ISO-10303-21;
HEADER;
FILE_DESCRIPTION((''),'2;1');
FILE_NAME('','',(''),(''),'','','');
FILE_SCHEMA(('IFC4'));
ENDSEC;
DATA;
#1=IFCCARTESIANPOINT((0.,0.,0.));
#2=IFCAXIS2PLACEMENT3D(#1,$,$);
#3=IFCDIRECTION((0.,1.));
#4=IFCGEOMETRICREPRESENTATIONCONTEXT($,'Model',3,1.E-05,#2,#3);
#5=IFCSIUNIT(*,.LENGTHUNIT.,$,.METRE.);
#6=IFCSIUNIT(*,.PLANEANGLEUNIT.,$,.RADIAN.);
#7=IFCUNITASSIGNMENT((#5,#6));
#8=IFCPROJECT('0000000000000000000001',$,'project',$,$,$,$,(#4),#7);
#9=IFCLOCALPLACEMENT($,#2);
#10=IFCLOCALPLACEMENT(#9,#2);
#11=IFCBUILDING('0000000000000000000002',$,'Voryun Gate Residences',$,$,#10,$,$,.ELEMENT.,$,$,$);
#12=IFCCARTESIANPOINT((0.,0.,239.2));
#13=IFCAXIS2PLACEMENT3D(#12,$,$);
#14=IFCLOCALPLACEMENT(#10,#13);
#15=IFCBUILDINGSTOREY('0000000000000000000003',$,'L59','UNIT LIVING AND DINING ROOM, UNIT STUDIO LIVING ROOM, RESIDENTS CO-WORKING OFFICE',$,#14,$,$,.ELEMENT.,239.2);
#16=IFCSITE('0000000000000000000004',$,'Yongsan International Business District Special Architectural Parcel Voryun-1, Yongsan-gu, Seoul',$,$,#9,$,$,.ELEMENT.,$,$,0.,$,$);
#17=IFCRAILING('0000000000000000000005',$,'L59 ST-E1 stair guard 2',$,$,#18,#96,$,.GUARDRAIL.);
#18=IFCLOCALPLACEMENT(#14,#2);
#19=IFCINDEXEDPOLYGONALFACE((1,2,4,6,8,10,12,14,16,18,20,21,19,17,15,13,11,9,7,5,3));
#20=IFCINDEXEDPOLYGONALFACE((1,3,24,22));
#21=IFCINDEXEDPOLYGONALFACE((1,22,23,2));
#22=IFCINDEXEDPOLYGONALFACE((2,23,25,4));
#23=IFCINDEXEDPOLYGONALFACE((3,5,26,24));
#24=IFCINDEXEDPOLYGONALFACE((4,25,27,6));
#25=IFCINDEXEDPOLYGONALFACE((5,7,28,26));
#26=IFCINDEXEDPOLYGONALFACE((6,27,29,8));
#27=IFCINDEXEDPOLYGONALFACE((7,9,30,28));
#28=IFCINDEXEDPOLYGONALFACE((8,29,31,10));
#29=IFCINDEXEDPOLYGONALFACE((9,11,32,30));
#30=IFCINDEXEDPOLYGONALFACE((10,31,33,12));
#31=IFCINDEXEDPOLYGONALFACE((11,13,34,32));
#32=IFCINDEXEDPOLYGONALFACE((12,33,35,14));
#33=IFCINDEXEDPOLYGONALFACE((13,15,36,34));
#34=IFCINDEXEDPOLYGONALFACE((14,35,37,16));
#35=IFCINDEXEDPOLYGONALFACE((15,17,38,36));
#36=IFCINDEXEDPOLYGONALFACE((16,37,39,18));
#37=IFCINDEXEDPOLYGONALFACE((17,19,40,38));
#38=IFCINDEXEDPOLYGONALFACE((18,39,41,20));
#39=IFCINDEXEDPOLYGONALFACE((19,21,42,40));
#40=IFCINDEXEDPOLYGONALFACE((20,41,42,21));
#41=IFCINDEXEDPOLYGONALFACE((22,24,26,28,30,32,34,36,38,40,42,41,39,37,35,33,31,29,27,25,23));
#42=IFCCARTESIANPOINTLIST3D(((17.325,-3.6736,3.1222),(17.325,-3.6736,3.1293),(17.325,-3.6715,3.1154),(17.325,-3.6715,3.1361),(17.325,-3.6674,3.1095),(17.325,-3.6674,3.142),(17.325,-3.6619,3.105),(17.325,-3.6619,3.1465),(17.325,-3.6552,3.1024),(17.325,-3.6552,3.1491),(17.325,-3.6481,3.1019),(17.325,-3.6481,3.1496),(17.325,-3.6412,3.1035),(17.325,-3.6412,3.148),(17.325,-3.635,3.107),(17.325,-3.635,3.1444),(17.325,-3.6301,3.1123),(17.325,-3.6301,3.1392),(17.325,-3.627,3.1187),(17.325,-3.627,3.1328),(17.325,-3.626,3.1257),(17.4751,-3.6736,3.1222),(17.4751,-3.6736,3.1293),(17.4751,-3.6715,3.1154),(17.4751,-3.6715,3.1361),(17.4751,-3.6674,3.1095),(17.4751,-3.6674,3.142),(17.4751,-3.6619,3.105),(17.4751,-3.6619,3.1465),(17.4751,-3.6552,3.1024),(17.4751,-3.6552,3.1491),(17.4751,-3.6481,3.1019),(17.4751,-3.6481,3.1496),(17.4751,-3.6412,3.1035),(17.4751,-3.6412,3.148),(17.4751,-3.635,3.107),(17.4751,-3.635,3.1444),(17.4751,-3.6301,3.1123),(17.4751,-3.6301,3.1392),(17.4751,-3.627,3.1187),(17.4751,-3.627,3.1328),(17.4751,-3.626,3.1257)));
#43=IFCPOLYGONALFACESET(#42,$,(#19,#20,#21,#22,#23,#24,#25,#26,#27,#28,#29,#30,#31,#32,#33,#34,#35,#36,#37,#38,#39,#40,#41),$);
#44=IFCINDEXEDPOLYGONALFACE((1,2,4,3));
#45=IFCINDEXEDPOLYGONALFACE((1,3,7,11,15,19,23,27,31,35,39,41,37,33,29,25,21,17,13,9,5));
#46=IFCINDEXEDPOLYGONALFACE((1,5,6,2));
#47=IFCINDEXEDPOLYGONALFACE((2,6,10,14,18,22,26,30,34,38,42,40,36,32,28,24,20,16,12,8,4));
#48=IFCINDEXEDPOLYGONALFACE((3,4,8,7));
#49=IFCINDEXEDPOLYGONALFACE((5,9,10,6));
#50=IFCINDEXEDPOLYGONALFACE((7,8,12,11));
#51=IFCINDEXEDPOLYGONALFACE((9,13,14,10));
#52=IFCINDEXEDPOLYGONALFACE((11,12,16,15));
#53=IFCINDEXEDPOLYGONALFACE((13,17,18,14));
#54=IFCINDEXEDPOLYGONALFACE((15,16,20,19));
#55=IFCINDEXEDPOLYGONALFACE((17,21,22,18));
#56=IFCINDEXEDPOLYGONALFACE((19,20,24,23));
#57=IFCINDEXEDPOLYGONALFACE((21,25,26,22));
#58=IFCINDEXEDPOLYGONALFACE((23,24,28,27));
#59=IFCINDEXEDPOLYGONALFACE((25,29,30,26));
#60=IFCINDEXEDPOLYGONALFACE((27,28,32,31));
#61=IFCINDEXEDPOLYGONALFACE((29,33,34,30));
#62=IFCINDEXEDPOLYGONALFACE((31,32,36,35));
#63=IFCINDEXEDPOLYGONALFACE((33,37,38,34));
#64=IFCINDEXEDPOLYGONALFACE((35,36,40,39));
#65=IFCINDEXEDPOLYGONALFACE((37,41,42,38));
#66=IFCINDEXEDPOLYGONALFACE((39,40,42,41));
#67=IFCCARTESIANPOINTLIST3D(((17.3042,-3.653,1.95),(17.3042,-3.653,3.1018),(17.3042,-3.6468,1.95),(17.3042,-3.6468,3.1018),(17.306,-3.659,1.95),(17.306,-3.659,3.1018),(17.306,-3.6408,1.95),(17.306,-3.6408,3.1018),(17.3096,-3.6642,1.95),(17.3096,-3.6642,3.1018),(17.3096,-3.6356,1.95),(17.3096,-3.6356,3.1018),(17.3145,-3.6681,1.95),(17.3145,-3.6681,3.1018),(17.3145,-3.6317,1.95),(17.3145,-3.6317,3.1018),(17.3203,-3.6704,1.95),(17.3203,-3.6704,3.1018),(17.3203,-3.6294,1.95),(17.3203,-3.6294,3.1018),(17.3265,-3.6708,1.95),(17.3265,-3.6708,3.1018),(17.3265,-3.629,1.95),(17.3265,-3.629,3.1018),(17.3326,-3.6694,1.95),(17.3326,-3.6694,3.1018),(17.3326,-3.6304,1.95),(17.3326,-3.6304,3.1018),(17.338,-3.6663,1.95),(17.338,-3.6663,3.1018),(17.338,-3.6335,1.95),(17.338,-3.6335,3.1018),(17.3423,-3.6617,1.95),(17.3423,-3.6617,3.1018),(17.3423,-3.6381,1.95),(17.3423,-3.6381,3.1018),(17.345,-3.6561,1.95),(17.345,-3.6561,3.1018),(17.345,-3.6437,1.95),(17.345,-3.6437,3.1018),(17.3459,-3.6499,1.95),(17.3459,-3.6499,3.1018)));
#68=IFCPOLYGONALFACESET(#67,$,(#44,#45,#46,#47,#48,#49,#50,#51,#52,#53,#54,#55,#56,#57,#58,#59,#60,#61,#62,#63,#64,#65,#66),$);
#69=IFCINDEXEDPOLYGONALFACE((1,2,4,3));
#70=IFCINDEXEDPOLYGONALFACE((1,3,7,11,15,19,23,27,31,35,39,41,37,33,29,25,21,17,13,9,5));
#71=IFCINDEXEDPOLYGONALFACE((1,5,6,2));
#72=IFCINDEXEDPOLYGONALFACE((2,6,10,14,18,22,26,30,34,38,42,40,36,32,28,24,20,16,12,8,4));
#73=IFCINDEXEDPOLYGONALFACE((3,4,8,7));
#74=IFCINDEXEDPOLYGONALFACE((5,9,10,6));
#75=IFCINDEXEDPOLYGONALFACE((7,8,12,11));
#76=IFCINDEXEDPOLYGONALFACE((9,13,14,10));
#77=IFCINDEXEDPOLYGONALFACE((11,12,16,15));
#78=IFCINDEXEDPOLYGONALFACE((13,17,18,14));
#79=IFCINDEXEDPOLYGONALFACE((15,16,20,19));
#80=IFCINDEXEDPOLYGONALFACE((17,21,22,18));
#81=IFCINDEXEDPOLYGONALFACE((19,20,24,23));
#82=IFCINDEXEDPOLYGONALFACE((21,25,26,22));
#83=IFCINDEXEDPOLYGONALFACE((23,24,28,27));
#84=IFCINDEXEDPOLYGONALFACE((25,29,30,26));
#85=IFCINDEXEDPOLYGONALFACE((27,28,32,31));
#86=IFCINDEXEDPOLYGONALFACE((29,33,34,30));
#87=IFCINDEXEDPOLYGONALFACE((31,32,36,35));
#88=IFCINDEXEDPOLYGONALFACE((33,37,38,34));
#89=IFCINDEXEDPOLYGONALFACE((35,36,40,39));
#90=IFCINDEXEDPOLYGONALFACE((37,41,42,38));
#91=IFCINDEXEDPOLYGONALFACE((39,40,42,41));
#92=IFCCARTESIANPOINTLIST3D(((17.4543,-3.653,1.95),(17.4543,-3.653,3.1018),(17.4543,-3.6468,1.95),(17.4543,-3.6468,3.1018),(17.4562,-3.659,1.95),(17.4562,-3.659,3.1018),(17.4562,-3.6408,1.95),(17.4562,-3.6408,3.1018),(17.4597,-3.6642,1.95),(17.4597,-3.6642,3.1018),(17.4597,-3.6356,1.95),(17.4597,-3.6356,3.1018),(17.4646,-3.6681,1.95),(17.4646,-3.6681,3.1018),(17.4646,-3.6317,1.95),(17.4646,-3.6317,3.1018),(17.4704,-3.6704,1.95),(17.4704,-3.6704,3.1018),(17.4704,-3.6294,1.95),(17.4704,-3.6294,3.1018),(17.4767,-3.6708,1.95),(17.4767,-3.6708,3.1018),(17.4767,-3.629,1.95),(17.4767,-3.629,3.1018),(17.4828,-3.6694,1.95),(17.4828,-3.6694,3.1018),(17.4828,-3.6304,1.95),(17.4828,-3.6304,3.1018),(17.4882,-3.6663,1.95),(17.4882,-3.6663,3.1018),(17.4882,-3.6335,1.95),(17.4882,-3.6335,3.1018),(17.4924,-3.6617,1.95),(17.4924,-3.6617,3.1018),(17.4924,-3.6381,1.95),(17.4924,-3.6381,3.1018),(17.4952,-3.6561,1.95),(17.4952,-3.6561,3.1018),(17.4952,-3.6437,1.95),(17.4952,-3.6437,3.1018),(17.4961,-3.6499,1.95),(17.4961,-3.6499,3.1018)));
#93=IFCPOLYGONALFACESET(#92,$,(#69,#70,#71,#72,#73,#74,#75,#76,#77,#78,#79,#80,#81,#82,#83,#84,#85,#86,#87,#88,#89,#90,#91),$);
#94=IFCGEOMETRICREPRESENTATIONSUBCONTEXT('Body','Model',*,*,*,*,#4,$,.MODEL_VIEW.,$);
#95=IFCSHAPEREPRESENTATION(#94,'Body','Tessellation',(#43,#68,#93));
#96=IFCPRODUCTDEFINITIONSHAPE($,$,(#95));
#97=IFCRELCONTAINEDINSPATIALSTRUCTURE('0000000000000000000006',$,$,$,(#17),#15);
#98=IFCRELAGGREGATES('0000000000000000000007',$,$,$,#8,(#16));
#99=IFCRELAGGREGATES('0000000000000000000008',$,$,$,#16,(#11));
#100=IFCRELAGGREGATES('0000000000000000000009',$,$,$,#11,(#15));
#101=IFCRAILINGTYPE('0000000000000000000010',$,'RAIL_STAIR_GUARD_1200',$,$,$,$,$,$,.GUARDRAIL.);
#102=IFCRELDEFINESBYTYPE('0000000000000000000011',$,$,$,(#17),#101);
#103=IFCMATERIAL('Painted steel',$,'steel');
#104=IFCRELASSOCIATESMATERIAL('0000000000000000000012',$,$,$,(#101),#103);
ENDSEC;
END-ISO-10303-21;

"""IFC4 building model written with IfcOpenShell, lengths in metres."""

from ifc_helpers import new_model, si_unit, direction, frame, origin, origin_2d, place, context, subcontext, project, spatial, circle, extrude, material, type_object, element, save


model = new_model("IFC4")

# Units and contexts
model_context = context("Model", 3, precision=1e-05, world=origin(), true_north=direction((0.0, 1.0)))
body_context = subcontext(model_context, "Body", "Model", "MODEL_VIEW")
ifc_project = project(units=[si_unit("LENGTHUNIT", "METRE"), si_unit("PLANEANGLEUNIT", "RADIAN")], contexts=[model_context])

# Site, building, storey
site_placement = place(None, origin())
site = spatial("IfcSite", under=ifc_project, at=site_placement, Name="Yongsan International Business District Special Architectural Parcel Voryun-1, Yongsan-gu, Seoul", CompositionType="ELEMENT", RefElevation=0.0)
building_placement = place(site_placement, origin())
building = spatial("IfcBuilding", under=site, at=building_placement, Name="Voryun Gate Residences", CompositionType="ELEMENT")
storey_placement = place(building_placement, frame((0.0, 0.0, 239.2)))
storey = spatial("IfcBuildingStorey", under=building, at=storey_placement, Name="L59", Description="UNIT LIVING AND DINING ROOM, UNIT STUDIO LIVING ROOM, RESIDENTS CO-WORKING OFFICE", CompositionType="ELEMENT", Elevation=239.2)

# Railing
ifc_material_1 = material(Name="Painted steel", Category="steel")
railing_type_1 = type_object("IfcRailingType", Name="RAIL_STAIR_GUARD_1200", PredefinedType="GUARDRAIL", material=ifc_material_1)
railing_1_placement = place(storey_placement, frame((17.325, -3.6499, 1.95)))
element("IfcRailing", 1, at=railing_1_placement, inside=storey, type_object=railing_type_1, Name="L59 ST-E1 stair guard 2", PredefinedType="GUARDRAIL", context=body_context, shape_type="SweptSolid", body=[
    extrude(circle(Radius=0.0239, at=origin_2d()), frame((0.0, 0.0, 1.1758), z_axis=(1.0, 0.0, 0.0), x_axis=(0.0, 1.0, 0.0)), (0.0, 0.0, 1.0), 0.1501),
    extrude(circle(Radius=0.021, at=origin_2d()), origin(), (0.0, 0.0, 1.0), 1.1519),
    extrude(circle(Radius=0.021, at=origin_2d()), frame((0.1501, 0.0, 0.0)), (0.0, 0.0, 1.0), 1.1519),
])

save(model, "model.ifc")
